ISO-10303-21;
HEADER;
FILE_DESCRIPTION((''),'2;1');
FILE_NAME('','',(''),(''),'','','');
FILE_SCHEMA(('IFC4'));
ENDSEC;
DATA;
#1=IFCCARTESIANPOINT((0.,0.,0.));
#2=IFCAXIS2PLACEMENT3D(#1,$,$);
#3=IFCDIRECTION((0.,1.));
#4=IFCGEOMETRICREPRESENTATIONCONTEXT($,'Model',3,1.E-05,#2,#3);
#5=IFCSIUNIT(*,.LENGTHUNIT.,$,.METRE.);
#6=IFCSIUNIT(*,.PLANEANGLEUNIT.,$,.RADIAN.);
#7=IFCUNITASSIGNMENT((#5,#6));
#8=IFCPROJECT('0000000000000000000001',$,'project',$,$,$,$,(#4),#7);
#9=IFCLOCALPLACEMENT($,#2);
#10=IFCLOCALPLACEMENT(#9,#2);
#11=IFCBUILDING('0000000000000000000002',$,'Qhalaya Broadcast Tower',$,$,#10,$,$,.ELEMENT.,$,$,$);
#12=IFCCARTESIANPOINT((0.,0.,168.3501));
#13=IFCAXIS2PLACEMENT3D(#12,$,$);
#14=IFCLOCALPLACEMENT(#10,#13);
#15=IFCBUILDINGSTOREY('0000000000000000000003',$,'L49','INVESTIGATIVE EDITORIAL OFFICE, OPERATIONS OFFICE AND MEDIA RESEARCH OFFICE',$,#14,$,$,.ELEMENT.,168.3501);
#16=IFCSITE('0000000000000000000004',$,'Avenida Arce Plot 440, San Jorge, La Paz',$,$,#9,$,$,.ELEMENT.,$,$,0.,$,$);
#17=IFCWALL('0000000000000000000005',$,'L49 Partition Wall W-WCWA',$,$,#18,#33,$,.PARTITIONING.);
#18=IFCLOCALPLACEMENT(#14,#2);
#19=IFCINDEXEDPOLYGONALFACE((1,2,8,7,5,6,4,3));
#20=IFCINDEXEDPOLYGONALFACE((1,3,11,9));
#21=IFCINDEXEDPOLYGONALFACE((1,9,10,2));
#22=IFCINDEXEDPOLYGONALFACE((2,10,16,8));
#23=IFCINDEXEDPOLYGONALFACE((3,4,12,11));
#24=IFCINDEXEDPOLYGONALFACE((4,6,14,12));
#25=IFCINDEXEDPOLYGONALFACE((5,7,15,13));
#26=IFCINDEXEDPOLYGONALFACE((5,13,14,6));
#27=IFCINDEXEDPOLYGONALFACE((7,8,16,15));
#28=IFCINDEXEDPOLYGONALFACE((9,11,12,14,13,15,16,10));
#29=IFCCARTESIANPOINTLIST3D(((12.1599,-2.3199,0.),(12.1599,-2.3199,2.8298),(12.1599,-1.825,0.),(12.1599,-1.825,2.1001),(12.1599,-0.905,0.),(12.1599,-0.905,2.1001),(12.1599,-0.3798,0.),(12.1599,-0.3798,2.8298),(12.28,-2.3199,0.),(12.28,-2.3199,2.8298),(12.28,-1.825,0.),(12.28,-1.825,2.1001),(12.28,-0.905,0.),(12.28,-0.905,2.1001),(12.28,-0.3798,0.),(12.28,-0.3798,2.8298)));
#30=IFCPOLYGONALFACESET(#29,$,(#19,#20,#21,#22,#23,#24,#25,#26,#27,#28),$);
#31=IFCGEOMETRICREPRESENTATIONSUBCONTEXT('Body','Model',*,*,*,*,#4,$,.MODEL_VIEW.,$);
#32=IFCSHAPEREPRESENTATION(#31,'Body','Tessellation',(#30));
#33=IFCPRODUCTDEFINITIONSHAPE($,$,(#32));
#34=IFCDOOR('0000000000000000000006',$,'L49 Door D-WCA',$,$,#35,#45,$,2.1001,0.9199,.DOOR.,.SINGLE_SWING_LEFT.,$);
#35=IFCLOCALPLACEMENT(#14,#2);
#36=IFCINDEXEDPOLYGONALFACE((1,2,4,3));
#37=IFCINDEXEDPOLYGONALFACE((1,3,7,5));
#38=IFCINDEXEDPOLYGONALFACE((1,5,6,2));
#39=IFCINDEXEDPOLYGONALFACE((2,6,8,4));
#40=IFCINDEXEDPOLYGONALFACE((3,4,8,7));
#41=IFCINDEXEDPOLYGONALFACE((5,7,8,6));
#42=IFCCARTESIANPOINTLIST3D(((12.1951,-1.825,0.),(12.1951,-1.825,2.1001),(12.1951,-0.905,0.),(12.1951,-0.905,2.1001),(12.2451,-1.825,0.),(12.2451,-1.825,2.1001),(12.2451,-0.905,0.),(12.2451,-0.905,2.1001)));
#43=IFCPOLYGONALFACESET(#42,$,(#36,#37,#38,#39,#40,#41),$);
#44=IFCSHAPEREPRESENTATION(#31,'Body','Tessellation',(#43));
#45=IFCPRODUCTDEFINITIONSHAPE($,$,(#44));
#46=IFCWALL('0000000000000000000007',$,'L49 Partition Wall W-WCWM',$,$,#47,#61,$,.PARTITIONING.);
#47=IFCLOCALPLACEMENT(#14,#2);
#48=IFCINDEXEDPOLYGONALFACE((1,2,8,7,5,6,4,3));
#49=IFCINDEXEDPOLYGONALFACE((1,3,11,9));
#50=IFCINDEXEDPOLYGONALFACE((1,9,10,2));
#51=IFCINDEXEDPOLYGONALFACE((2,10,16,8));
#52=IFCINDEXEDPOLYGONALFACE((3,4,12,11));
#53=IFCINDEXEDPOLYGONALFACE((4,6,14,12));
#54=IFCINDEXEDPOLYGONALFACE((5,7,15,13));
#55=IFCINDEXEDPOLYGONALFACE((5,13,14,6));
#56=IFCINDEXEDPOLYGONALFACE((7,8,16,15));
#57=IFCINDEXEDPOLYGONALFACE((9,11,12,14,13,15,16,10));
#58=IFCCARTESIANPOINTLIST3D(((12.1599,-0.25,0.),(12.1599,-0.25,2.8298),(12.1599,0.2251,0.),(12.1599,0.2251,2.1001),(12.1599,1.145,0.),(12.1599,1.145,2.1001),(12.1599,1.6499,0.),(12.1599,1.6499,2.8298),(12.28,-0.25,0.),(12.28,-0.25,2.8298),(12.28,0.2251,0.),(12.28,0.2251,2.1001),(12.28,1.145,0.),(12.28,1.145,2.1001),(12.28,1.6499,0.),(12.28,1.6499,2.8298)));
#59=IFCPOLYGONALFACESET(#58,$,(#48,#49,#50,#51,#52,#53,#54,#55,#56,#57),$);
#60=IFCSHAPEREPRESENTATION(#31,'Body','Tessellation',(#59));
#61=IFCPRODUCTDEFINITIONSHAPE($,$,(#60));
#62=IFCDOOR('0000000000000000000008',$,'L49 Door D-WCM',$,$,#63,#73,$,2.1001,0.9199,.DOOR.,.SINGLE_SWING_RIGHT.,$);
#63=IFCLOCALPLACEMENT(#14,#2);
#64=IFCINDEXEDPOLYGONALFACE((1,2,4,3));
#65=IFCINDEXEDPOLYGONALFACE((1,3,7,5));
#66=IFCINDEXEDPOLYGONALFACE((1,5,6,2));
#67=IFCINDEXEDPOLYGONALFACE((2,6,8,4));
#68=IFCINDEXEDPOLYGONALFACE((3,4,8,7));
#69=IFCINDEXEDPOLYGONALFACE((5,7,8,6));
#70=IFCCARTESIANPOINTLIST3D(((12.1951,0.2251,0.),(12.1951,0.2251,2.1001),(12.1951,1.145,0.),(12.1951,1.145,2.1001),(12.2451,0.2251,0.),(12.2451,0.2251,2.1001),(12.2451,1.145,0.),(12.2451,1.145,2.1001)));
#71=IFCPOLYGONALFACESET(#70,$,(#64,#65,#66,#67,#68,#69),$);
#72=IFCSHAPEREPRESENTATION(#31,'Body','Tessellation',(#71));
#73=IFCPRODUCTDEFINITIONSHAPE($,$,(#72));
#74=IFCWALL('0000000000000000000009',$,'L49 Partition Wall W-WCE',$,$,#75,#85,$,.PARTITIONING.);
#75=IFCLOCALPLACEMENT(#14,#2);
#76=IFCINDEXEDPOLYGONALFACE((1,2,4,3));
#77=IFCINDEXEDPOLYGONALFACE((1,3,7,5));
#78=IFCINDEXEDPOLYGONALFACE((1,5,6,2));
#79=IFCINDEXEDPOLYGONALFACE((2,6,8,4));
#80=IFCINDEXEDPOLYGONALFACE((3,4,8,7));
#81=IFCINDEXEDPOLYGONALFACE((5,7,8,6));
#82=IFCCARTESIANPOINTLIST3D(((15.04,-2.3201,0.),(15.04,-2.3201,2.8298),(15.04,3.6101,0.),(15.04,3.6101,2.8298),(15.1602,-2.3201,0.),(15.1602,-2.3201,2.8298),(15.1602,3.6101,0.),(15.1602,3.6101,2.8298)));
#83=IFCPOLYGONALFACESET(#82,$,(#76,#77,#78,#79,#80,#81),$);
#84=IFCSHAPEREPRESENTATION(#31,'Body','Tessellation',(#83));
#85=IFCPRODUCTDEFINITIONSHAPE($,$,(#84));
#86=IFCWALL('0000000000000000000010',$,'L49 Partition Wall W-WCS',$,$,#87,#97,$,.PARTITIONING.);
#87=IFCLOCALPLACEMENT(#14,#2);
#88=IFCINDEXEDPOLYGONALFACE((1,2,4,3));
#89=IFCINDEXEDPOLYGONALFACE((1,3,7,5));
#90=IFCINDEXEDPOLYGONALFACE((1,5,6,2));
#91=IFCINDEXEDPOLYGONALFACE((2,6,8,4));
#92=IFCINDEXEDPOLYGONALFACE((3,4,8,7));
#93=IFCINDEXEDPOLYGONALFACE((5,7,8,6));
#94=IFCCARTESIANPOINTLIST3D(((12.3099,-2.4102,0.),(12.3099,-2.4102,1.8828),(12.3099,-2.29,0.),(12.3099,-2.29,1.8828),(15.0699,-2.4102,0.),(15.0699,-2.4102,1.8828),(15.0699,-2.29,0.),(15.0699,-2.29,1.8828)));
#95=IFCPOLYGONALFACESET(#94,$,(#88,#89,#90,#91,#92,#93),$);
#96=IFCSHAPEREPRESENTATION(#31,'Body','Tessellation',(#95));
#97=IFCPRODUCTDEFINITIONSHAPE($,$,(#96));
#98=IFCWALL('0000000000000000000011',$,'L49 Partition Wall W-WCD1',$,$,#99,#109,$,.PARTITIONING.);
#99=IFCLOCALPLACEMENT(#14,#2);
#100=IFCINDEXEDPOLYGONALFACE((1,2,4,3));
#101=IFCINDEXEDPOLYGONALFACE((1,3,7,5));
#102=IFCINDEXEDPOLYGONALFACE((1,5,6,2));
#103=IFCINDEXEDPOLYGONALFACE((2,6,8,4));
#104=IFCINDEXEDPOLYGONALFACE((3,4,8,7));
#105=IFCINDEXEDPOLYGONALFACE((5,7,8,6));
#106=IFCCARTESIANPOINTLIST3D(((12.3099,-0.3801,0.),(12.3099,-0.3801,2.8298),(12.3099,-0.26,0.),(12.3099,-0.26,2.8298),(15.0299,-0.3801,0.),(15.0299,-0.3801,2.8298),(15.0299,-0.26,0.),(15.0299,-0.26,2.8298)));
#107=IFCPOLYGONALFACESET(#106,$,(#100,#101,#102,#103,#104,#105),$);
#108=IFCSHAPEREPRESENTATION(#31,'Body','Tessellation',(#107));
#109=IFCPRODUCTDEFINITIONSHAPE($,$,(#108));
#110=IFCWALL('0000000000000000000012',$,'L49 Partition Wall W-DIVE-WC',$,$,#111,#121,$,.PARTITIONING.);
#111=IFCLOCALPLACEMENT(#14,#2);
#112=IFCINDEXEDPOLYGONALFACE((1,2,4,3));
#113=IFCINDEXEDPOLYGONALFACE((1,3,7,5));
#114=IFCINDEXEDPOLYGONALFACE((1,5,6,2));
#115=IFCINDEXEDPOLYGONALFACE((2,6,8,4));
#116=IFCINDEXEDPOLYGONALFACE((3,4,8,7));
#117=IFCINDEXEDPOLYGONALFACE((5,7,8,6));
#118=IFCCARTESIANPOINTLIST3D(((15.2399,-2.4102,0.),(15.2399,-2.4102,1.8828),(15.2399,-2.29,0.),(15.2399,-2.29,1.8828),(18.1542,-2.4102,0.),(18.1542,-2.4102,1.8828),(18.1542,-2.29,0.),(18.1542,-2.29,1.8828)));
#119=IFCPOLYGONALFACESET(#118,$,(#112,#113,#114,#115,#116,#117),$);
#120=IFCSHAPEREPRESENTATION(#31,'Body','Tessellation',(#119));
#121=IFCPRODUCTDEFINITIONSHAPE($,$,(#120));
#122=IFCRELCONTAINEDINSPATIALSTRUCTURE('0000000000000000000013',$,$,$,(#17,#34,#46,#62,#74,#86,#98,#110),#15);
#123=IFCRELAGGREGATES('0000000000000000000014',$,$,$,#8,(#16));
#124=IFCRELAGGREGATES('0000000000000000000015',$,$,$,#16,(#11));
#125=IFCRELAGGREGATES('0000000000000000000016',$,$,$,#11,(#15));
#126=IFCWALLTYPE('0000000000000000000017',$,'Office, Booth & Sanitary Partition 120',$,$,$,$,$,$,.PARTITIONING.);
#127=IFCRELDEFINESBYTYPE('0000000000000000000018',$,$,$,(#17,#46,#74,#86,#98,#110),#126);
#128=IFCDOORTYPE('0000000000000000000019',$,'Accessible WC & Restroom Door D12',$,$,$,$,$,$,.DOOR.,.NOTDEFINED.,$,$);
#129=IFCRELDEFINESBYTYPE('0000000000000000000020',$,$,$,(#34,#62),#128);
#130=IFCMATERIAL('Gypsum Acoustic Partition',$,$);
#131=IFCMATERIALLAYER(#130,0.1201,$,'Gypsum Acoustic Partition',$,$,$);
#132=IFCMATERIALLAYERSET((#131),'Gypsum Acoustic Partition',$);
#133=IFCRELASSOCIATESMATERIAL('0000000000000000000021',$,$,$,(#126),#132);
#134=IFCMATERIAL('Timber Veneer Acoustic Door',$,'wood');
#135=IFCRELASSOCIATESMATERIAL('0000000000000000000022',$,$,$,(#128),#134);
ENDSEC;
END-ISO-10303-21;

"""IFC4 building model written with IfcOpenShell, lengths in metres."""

from ifc_helpers import new_model, si_unit, direction, frame, frame_2d, origin, place, context, subcontext, project, spatial, rectangle, extrude, material, layer, layer_set, type_object, element, fill, save


model = new_model("IFC4")

# Units and contexts
model_context = context("Model", 3, precision=1e-05, world=origin(), true_north=direction((0.0, 1.0)))
body_context = subcontext(model_context, "Body", "Model", "MODEL_VIEW")
ifc_project = project(units=[si_unit("LENGTHUNIT", "METRE"), si_unit("PLANEANGLEUNIT", "RADIAN")], contexts=[model_context])

# Site, building, storey
site_placement = place(None, origin())
site = spatial("IfcSite", under=ifc_project, at=site_placement, Name="Avenida Arce Plot 440, San Jorge, La Paz", CompositionType="ELEMENT", RefElevation=0.0)
building_placement = place(site_placement, origin())
building = spatial("IfcBuilding", under=site, at=building_placement, Name="Qhalaya Broadcast Tower", CompositionType="ELEMENT")
storey_placement = place(building_placement, frame((0.0, 0.0, 168.3501)))
storey = spatial("IfcBuildingStorey", under=building, at=storey_placement, Name="L49", Description="INVESTIGATIVE EDITORIAL OFFICE, OPERATIONS OFFICE AND MEDIA RESEARCH OFFICE", CompositionType="ELEMENT", Elevation=168.3501)

# Walls, openings, doors
ifc_material_1 = material(Name="Gypsum Acoustic Partition")
ifc_material_2 = material(Name="Timber Veneer Acoustic Door", Category="wood")
ifc_layer_1 = layer(ifc_material_1, 0.1201, Name="Gypsum Acoustic Partition")
ifc_layer_set_1 = layer_set([ifc_layer_1], Name="Gypsum Acoustic Partition")
wall_type_1 = type_object("IfcWallType", Name="Office, Booth & Sanitary Partition 120", PredefinedType="PARTITIONING", material=ifc_layer_set_1)
wall_1_placement = place(storey_placement, frame((12.22, -2.3201, 0.0), z_axis=(0.0, 0.0, 1.0), x_axis=(0.0, 1.0, 0.0)))
wall_1 = element("IfcWall", 1, at=wall_1_placement, inside=storey, type_object=wall_type_1, Name="L49 Partition Wall W-WCWA", PredefinedType="PARTITIONING", context=body_context, shape_type="SweptSolid", body=[
    extrude(rectangle(XDim=1.9402, YDim=0.1201, at=frame_2d((0.9702, 0.0))), origin(), (0.0, 0.0, 1.0), 2.8298),
])
opening_1_placement = place(wall_1_placement, frame((0.4951, 0.0, 0.0)))
opening_1 = element("IfcOpeningElement", 2, at=opening_1_placement, cuts=wall_1, PredefinedType="OPENING", context=body_context, shape_type="SweptSolid", body=[
    extrude(rectangle(XDim=0.9199, YDim=2.1001, at=frame_2d((0.46, 1.05))), frame((0.0, 0.072, 0.0), z_axis=(0.0, -1.0, 0.0), x_axis=(1.0, 0.0, 0.0)), (0.0, 0.0, 1.0), 0.144),
])
door_type_1 = type_object("IfcDoorType", Name="Accessible WC & Restroom Door D12", OperationType="NOTDEFINED", PredefinedType="DOOR", material=ifc_material_2)
door_1_placement = place(opening_1_placement, origin())
door_1 = element("IfcDoor", 3, at=door_1_placement, inside=storey, type_object=door_type_1, Name="L49 Door D-WCA", OperationType="SINGLE_SWING_LEFT", OverallHeight=2.1001, OverallWidth=0.9199, PredefinedType="DOOR", context=body_context, shape_type="SweptSolid", body=[
    extrude(rectangle(XDim=0.9199, YDim=2.1001, at=frame_2d((0.46, 1.05))), frame((0.0, 0.0249, 0.0), z_axis=(0.0, -1.0, 0.0), x_axis=(1.0, 0.0, 0.0)), (0.0, 0.0, 1.0), 0.05),
])
fill(opening_1, door_1)
wall_2_placement = place(storey_placement, frame((12.22, -0.25, 0.0), z_axis=(0.0, 0.0, 1.0), x_axis=(0.0, 1.0, 0.0)))
wall_2 = element("IfcWall", 4, at=wall_2_placement, inside=storey, type_object=wall_type_1, Name="L49 Partition Wall W-WCWM", PredefinedType="PARTITIONING", context=body_context, shape_type="SweptSolid", body=[
    extrude(rectangle(XDim=1.8999, YDim=0.1201, at=frame_2d((0.95, 0.0))), origin(), (0.0, 0.0, 1.0), 2.8298),
])
opening_2_placement = place(wall_2_placement, frame((0.4751, 0.0, 0.0)))
opening_2 = element("IfcOpeningElement", 5, at=opening_2_placement, cuts=wall_2, PredefinedType="OPENING", context=body_context, shape_type="SweptSolid", body=[
    extrude(rectangle(XDim=0.9199, YDim=2.1001, at=frame_2d((0.46, 1.05))), frame((0.0, 0.072, 0.0), z_axis=(0.0, -1.0, 0.0), x_axis=(1.0, 0.0, 0.0)), (0.0, 0.0, 1.0), 0.144),
])
door_2_placement = place(opening_2_placement, origin())
door_2 = element("IfcDoor", 6, at=door_2_placement, inside=storey, type_object=door_type_1, Name="L49 Door D-WCM", OperationType="SINGLE_SWING_RIGHT", OverallHeight=2.1001, OverallWidth=0.9199, PredefinedType="DOOR", context=body_context, shape_type="SweptSolid", body=[
    extrude(rectangle(XDim=0.9199, YDim=2.1001, at=frame_2d((0.46, 1.05))), frame((0.0, 0.0249, 0.0), z_axis=(0.0, -1.0, 0.0), x_axis=(1.0, 0.0, 0.0)), (0.0, 0.0, 1.0), 0.05),
])
fill(opening_2, door_2)

# Walls
wall_3_placement = place(storey_placement, frame((15.1001, -2.3201, 0.0), z_axis=(0.0, 0.0, 1.0), x_axis=(0.0, 1.0, 0.0)))
element("IfcWall", 7, at=wall_3_placement, inside=storey, type_object=wall_type_1, Name="L49 Partition Wall W-WCE", PredefinedType="PARTITIONING", context=body_context, shape_type="SweptSolid", body=[
    extrude(rectangle(XDim=5.9302, YDim=0.1201, at=frame_2d((2.9651, 0.0))), origin(), (0.0, 0.0, 1.0), 2.8298),
])
wall_4_placement = place(storey_placement, frame((12.3101, -2.3501, 0.0), z_axis=(0.0, 0.0, 1.0), x_axis=(1.0, 0.0, 0.0)))
element("IfcWall", 8, at=wall_4_placement, inside=storey, type_object=wall_type_1, Name="L49 Partition Wall W-WCS", PredefinedType="PARTITIONING", context=body_context, shape_type="SweptSolid", body=[
    extrude(rectangle(XDim=2.76, YDim=0.1201, at=frame_2d((1.3799, 0.0))), origin(), (0.0, 0.0, 1.0), 1.8828),
])
wall_5_placement = place(storey_placement, frame((12.3101, -0.3201, 0.0), z_axis=(0.0, 0.0, 1.0), x_axis=(1.0, 0.0, 0.0)))
element("IfcWall", 9, at=wall_5_placement, inside=storey, type_object=wall_type_1, Name="L49 Partition Wall W-WCD1", PredefinedType="PARTITIONING", context=body_context, shape_type="SweptSolid", body=[
    extrude(rectangle(XDim=2.72, YDim=0.1201, at=frame_2d((1.3599, 0.0))), origin(), (0.0, 0.0, 1.0), 2.8298),
])
wall_6_placement = place(storey_placement, frame((15.24, -2.3501, 0.0), z_axis=(0.0, 0.0, 1.0), x_axis=(1.0, 0.0, 0.0)))
element("IfcWall", 10, at=wall_6_placement, inside=storey, type_object=wall_type_1, Name="L49 Partition Wall W-DIVE-WC", PredefinedType="PARTITIONING", context=body_context, shape_type="SweptSolid", body=[
    extrude(rectangle(XDim=2.9143, YDim=0.1201, at=frame_2d((1.457, 0.0))), origin(), (0.0, 0.0, 1.0), 1.8828),
])

save(model, "model.ifc")
